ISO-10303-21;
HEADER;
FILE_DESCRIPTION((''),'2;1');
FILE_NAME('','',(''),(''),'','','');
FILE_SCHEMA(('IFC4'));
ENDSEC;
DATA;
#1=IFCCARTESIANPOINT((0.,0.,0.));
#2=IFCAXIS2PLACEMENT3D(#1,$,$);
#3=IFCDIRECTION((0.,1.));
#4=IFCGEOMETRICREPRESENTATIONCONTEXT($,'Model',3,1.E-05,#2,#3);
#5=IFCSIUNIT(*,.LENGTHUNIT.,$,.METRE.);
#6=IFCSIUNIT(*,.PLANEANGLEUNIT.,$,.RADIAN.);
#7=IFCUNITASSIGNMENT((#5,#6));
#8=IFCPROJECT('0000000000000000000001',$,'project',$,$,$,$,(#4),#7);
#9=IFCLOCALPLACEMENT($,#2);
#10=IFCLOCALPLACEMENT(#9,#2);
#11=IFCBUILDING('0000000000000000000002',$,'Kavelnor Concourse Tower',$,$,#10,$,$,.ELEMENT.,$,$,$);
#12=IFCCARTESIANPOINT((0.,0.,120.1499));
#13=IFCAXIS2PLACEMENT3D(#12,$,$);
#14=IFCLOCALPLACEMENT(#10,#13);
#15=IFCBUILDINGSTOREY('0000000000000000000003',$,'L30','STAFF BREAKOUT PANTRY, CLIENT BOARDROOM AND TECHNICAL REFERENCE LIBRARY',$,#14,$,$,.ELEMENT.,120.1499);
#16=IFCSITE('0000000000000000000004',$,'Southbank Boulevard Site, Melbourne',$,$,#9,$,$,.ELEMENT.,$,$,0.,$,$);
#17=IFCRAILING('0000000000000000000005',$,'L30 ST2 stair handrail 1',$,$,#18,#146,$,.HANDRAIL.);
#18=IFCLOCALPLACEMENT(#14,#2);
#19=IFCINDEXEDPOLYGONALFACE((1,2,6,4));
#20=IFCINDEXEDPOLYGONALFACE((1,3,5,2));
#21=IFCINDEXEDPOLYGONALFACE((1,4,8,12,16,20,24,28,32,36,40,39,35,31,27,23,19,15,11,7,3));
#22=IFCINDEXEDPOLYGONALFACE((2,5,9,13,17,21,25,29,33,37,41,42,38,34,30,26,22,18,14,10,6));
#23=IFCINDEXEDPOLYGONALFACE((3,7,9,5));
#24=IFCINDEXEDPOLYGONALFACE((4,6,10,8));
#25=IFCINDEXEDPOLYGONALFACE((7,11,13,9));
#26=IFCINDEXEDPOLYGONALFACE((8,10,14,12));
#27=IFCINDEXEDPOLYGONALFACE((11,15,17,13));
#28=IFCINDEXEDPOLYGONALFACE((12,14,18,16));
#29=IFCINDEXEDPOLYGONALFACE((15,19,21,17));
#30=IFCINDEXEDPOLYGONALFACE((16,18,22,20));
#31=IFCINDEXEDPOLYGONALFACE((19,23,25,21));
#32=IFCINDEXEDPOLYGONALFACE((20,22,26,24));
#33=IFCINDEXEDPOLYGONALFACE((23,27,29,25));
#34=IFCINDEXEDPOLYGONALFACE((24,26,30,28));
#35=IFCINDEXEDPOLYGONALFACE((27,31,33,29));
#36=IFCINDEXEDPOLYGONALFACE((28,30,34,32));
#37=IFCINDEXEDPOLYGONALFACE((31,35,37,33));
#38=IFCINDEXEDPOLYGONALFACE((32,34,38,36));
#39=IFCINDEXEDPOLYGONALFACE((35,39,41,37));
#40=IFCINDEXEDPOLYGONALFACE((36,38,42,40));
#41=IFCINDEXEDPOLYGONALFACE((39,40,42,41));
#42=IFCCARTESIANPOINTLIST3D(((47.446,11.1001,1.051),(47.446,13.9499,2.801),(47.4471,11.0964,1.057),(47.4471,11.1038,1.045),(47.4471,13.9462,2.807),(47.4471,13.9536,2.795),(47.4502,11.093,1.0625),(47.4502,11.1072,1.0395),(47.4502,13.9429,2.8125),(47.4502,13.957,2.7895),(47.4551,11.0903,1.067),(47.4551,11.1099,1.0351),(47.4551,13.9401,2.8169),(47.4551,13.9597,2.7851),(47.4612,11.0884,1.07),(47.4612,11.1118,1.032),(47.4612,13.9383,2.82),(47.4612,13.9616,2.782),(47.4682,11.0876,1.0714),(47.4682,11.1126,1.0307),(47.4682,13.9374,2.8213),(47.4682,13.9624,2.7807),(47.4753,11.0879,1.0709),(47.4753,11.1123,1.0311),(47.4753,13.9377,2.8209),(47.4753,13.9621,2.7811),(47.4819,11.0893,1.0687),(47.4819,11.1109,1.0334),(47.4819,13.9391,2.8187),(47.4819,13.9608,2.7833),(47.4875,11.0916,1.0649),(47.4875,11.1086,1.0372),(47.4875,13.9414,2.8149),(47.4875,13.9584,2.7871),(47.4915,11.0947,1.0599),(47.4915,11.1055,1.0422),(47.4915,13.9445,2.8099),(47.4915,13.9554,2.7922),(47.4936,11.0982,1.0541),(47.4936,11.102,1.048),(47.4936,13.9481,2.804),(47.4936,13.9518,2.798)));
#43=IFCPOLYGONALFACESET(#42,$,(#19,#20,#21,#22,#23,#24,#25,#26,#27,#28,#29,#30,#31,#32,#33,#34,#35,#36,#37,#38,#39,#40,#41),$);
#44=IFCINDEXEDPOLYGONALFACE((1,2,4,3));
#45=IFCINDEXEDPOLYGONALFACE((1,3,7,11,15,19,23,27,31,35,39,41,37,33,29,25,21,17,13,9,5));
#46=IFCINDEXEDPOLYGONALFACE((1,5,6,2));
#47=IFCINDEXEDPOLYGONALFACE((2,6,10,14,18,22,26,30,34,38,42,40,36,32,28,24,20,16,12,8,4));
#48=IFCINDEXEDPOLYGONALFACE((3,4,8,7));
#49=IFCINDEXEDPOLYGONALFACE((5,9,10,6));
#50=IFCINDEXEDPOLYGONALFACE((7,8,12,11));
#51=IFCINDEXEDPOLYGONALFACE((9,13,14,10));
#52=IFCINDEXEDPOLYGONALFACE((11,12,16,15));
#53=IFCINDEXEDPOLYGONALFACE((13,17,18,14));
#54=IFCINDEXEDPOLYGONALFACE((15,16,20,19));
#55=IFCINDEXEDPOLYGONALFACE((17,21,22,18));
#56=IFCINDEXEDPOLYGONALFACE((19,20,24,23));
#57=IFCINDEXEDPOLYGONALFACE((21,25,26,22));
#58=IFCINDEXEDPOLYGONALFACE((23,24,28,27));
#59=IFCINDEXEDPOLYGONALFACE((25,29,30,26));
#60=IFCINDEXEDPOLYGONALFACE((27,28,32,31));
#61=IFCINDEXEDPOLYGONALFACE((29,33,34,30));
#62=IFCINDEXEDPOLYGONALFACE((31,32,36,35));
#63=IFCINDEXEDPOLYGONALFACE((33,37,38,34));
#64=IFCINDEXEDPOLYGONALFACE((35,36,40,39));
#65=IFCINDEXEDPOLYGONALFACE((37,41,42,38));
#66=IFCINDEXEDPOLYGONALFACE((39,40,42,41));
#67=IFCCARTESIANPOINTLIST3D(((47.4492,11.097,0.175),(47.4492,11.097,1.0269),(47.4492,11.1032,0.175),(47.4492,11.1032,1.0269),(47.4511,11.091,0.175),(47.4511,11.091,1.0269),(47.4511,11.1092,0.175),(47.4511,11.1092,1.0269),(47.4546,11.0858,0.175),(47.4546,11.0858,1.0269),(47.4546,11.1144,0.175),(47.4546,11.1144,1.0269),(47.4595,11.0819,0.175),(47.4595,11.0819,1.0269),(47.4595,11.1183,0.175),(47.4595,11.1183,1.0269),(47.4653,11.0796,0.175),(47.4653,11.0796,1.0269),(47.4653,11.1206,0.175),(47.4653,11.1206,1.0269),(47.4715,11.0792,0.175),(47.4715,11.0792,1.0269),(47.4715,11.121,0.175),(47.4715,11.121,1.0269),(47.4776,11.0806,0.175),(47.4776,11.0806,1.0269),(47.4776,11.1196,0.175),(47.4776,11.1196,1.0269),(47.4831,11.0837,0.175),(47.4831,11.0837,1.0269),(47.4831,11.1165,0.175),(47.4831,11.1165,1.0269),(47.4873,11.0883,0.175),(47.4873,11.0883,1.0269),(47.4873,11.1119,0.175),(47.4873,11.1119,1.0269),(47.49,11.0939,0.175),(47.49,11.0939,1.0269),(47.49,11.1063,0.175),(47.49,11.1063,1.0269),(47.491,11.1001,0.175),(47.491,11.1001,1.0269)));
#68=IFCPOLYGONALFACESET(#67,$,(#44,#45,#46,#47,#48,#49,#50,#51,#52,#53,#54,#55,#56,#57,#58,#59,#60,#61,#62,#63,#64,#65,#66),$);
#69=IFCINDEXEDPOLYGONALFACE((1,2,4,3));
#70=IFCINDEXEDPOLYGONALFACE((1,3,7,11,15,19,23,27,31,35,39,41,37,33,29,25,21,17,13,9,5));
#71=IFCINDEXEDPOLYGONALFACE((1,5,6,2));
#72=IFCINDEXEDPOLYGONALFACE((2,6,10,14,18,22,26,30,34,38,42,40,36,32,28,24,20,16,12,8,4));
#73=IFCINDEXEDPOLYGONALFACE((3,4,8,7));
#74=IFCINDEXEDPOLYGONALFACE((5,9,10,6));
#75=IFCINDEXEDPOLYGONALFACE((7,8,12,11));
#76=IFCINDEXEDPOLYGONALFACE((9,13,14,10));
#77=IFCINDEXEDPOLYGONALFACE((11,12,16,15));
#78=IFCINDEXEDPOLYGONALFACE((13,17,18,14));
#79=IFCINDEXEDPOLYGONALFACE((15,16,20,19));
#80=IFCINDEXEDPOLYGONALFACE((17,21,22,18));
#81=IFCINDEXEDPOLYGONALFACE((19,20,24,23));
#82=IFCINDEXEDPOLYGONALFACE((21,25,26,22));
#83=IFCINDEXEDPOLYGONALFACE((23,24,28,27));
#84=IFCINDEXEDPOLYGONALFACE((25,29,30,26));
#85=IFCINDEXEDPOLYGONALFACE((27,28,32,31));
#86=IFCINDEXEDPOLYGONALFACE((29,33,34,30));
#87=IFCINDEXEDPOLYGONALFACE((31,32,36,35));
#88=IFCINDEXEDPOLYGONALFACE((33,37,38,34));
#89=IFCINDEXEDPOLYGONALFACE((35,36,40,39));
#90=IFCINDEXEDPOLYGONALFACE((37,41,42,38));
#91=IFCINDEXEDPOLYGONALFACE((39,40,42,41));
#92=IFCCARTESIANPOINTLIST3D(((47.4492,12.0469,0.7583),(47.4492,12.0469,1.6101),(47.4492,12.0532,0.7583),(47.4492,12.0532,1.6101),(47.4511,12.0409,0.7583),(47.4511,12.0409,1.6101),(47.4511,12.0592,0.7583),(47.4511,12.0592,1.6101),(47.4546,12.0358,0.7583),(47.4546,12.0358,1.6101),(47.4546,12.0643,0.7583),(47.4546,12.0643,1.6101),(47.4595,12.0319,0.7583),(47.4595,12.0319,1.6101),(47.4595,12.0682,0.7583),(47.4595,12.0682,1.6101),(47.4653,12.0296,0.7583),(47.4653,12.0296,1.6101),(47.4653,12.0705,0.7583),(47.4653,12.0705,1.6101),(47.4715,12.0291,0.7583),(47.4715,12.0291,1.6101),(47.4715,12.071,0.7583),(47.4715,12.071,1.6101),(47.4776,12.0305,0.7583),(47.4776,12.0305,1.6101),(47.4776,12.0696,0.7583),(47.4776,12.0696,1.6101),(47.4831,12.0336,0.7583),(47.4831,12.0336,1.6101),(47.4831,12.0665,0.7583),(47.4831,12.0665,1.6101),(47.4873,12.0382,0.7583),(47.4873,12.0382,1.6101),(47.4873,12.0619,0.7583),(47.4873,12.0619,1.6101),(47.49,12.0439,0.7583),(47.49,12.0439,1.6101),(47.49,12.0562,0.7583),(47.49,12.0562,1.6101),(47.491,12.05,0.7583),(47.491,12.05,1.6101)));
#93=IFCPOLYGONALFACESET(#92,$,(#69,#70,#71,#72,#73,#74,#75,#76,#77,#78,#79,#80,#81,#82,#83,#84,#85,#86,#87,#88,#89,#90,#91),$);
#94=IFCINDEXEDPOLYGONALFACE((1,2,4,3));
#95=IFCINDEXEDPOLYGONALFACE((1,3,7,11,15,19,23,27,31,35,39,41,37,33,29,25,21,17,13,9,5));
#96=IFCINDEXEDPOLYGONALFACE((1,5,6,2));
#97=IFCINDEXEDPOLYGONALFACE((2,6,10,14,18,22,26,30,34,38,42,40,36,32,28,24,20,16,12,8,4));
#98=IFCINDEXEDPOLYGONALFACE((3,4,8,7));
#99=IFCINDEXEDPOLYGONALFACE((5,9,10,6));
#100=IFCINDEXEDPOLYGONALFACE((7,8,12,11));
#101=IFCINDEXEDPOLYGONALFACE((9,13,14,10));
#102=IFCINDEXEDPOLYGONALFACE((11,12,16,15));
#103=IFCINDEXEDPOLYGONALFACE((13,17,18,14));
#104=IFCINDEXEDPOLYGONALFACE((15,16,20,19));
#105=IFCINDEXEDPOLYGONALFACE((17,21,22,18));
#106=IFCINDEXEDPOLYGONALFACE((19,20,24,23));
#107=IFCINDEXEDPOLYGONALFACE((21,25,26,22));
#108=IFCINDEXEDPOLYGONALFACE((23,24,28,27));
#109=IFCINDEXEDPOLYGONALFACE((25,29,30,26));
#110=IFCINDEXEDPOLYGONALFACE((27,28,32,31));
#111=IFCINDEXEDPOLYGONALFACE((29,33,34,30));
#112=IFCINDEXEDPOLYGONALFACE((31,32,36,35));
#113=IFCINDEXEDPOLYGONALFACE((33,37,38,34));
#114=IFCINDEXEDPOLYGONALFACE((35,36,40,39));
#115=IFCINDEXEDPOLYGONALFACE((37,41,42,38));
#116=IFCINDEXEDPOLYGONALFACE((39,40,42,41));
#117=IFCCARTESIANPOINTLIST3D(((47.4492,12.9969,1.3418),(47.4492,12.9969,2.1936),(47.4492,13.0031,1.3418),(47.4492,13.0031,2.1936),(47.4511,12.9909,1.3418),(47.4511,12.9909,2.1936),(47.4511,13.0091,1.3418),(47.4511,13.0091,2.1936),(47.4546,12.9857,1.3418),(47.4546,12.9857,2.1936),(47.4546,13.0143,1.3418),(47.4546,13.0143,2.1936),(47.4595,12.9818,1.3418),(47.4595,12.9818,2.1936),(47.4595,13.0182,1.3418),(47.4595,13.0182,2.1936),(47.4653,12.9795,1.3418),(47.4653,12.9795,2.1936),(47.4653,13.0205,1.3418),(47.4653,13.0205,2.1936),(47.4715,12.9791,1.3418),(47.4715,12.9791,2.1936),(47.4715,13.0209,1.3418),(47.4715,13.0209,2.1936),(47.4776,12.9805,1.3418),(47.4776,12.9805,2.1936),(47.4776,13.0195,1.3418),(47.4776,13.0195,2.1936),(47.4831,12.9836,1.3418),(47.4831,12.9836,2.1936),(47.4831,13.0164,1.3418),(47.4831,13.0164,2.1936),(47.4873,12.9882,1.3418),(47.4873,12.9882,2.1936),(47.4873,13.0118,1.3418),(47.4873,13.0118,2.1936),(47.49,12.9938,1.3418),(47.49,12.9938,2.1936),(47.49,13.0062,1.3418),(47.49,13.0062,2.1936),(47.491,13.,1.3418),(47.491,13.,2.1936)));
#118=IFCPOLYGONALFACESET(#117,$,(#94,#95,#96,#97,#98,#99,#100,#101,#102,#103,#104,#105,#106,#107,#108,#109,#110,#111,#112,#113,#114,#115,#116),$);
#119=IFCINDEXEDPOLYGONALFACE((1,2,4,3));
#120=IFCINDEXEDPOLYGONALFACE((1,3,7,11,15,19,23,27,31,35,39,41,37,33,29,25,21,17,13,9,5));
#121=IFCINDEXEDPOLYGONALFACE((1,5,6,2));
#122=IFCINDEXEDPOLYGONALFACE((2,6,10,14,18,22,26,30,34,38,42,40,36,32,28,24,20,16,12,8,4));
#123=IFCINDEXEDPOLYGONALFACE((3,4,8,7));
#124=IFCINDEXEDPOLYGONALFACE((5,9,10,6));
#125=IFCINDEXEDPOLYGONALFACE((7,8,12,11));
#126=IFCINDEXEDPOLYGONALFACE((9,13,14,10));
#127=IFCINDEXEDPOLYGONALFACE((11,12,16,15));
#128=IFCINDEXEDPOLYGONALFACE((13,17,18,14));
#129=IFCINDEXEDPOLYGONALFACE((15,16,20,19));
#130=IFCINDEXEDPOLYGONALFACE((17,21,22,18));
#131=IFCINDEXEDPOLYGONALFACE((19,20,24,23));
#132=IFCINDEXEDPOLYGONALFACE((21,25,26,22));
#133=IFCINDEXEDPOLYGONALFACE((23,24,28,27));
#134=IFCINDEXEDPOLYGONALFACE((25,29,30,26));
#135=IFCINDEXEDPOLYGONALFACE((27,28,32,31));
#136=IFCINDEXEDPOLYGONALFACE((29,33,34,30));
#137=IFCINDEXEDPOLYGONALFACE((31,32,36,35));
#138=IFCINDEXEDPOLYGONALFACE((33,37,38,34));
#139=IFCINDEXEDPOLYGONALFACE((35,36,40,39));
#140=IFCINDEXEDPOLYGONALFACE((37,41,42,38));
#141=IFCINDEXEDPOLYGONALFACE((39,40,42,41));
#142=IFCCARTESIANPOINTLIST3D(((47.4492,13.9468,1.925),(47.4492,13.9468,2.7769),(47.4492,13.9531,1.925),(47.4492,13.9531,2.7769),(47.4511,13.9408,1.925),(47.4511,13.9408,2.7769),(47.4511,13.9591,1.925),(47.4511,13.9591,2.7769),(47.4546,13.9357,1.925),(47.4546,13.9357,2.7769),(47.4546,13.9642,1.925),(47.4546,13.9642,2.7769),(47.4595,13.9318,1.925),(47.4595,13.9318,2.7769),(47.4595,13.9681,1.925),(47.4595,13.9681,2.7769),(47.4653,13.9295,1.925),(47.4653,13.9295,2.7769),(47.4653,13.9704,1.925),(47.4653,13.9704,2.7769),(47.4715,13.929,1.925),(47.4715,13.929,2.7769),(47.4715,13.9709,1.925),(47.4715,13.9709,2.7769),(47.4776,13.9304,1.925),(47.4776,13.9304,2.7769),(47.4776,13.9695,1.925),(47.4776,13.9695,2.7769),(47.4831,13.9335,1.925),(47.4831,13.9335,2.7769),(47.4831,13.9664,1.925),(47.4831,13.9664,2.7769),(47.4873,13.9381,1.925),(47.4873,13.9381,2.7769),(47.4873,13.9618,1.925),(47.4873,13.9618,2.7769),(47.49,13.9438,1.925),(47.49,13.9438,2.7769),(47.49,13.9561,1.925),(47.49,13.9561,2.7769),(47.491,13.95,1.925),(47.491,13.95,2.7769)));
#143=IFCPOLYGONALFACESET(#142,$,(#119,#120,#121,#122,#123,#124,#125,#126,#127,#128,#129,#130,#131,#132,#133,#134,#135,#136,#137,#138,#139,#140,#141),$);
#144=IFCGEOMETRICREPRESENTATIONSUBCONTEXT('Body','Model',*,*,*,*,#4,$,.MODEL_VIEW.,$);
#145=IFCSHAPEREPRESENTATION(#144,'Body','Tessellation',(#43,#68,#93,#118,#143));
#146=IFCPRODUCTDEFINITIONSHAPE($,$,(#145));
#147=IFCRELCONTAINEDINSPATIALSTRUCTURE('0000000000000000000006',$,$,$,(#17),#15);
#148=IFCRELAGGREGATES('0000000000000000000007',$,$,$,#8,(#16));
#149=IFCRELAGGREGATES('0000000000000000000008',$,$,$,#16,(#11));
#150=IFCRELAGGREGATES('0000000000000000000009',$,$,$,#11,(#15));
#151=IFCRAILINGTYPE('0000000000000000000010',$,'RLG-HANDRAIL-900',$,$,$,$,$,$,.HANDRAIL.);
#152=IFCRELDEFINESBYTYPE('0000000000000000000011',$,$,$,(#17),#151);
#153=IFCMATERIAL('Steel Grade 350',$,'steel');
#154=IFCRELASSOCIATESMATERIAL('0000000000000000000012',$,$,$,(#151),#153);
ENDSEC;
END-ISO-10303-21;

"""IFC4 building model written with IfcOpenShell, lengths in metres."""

from ifc_helpers import new_model, si_unit, direction, frame, origin, origin_2d, place, context, subcontext, project, spatial, circle, extrude, material, type_object, element, save


model = new_model("IFC4")

# Units and contexts
model_context = context("Model", 3, precision=1e-05, world=origin(), true_north=direction((0.0, 1.0)))
body_context = subcontext(model_context, "Body", "Model", "MODEL_VIEW")
ifc_project = project(units=[si_unit("LENGTHUNIT", "METRE"), si_unit("PLANEANGLEUNIT", "RADIAN")], contexts=[model_context])

# Site, building, storey
site_placement = place(None, origin())
site = spatial("IfcSite", under=ifc_project, at=site_placement, Name="Southbank Boulevard Site, Melbourne", CompositionType="ELEMENT", RefElevation=0.0)
building_placement = place(site_placement, origin())
building = spatial("IfcBuilding", under=site, at=building_placement, Name="Kavelnor Concourse Tower", CompositionType="ELEMENT")
storey_placement = place(building_placement, frame((0.0, 0.0, 120.1499)))
storey = spatial("IfcBuildingStorey", under=building, at=storey_placement, Name="L30", Description="STAFF BREAKOUT PANTRY, CLIENT BOARDROOM AND TECHNICAL REFERENCE LIBRARY", CompositionType="ELEMENT", Elevation=120.1499)

# Shared definitions
ifc_material_1 = material(Name="Steel Grade 350", Category="steel")

# Railing
railing_type_1 = type_object("IfcRailingType", Name="RLG-HANDRAIL-900", PredefinedType="HANDRAIL", material=ifc_material_1)
railing_1_placement = place(storey_placement, frame((47.47, 11.1001, 0.175)))
element("IfcRailing", 1, at=railing_1_placement, inside=storey, type_object=railing_type_1, Name="L30 ST2 stair handrail 1", PredefinedType="HANDRAIL", context=body_context, shape_type="SweptSolid", body=[
    extrude(circle(Radius=0.0239, at=origin_2d()), frame((0.0, 0.0, 0.876), z_axis=(0.0, 0.852159, 0.523283), x_axis=(-1.0, 0.0, 0.0)), (0.0, 0.0, 1.0), 3.3442),
    extrude(circle(Radius=0.021, at=origin_2d()), origin(), (0.0, 0.0, 1.0), 0.8518),
    extrude(circle(Radius=0.021, at=origin_2d()), frame((0.0, 0.95, 0.5833)), (0.0, 0.0, 1.0), 0.8518),
    extrude(circle(Radius=0.021, at=origin_2d()), frame((0.0, 1.8999, 1.1667)), (0.0, 0.0, 1.0), 0.8518),
    extrude(circle(Radius=0.021, at=origin_2d()), frame((0.0, 2.8499, 1.75)), (0.0, 0.0, 1.0), 0.8518),
])

save(model, "model.ifc")
